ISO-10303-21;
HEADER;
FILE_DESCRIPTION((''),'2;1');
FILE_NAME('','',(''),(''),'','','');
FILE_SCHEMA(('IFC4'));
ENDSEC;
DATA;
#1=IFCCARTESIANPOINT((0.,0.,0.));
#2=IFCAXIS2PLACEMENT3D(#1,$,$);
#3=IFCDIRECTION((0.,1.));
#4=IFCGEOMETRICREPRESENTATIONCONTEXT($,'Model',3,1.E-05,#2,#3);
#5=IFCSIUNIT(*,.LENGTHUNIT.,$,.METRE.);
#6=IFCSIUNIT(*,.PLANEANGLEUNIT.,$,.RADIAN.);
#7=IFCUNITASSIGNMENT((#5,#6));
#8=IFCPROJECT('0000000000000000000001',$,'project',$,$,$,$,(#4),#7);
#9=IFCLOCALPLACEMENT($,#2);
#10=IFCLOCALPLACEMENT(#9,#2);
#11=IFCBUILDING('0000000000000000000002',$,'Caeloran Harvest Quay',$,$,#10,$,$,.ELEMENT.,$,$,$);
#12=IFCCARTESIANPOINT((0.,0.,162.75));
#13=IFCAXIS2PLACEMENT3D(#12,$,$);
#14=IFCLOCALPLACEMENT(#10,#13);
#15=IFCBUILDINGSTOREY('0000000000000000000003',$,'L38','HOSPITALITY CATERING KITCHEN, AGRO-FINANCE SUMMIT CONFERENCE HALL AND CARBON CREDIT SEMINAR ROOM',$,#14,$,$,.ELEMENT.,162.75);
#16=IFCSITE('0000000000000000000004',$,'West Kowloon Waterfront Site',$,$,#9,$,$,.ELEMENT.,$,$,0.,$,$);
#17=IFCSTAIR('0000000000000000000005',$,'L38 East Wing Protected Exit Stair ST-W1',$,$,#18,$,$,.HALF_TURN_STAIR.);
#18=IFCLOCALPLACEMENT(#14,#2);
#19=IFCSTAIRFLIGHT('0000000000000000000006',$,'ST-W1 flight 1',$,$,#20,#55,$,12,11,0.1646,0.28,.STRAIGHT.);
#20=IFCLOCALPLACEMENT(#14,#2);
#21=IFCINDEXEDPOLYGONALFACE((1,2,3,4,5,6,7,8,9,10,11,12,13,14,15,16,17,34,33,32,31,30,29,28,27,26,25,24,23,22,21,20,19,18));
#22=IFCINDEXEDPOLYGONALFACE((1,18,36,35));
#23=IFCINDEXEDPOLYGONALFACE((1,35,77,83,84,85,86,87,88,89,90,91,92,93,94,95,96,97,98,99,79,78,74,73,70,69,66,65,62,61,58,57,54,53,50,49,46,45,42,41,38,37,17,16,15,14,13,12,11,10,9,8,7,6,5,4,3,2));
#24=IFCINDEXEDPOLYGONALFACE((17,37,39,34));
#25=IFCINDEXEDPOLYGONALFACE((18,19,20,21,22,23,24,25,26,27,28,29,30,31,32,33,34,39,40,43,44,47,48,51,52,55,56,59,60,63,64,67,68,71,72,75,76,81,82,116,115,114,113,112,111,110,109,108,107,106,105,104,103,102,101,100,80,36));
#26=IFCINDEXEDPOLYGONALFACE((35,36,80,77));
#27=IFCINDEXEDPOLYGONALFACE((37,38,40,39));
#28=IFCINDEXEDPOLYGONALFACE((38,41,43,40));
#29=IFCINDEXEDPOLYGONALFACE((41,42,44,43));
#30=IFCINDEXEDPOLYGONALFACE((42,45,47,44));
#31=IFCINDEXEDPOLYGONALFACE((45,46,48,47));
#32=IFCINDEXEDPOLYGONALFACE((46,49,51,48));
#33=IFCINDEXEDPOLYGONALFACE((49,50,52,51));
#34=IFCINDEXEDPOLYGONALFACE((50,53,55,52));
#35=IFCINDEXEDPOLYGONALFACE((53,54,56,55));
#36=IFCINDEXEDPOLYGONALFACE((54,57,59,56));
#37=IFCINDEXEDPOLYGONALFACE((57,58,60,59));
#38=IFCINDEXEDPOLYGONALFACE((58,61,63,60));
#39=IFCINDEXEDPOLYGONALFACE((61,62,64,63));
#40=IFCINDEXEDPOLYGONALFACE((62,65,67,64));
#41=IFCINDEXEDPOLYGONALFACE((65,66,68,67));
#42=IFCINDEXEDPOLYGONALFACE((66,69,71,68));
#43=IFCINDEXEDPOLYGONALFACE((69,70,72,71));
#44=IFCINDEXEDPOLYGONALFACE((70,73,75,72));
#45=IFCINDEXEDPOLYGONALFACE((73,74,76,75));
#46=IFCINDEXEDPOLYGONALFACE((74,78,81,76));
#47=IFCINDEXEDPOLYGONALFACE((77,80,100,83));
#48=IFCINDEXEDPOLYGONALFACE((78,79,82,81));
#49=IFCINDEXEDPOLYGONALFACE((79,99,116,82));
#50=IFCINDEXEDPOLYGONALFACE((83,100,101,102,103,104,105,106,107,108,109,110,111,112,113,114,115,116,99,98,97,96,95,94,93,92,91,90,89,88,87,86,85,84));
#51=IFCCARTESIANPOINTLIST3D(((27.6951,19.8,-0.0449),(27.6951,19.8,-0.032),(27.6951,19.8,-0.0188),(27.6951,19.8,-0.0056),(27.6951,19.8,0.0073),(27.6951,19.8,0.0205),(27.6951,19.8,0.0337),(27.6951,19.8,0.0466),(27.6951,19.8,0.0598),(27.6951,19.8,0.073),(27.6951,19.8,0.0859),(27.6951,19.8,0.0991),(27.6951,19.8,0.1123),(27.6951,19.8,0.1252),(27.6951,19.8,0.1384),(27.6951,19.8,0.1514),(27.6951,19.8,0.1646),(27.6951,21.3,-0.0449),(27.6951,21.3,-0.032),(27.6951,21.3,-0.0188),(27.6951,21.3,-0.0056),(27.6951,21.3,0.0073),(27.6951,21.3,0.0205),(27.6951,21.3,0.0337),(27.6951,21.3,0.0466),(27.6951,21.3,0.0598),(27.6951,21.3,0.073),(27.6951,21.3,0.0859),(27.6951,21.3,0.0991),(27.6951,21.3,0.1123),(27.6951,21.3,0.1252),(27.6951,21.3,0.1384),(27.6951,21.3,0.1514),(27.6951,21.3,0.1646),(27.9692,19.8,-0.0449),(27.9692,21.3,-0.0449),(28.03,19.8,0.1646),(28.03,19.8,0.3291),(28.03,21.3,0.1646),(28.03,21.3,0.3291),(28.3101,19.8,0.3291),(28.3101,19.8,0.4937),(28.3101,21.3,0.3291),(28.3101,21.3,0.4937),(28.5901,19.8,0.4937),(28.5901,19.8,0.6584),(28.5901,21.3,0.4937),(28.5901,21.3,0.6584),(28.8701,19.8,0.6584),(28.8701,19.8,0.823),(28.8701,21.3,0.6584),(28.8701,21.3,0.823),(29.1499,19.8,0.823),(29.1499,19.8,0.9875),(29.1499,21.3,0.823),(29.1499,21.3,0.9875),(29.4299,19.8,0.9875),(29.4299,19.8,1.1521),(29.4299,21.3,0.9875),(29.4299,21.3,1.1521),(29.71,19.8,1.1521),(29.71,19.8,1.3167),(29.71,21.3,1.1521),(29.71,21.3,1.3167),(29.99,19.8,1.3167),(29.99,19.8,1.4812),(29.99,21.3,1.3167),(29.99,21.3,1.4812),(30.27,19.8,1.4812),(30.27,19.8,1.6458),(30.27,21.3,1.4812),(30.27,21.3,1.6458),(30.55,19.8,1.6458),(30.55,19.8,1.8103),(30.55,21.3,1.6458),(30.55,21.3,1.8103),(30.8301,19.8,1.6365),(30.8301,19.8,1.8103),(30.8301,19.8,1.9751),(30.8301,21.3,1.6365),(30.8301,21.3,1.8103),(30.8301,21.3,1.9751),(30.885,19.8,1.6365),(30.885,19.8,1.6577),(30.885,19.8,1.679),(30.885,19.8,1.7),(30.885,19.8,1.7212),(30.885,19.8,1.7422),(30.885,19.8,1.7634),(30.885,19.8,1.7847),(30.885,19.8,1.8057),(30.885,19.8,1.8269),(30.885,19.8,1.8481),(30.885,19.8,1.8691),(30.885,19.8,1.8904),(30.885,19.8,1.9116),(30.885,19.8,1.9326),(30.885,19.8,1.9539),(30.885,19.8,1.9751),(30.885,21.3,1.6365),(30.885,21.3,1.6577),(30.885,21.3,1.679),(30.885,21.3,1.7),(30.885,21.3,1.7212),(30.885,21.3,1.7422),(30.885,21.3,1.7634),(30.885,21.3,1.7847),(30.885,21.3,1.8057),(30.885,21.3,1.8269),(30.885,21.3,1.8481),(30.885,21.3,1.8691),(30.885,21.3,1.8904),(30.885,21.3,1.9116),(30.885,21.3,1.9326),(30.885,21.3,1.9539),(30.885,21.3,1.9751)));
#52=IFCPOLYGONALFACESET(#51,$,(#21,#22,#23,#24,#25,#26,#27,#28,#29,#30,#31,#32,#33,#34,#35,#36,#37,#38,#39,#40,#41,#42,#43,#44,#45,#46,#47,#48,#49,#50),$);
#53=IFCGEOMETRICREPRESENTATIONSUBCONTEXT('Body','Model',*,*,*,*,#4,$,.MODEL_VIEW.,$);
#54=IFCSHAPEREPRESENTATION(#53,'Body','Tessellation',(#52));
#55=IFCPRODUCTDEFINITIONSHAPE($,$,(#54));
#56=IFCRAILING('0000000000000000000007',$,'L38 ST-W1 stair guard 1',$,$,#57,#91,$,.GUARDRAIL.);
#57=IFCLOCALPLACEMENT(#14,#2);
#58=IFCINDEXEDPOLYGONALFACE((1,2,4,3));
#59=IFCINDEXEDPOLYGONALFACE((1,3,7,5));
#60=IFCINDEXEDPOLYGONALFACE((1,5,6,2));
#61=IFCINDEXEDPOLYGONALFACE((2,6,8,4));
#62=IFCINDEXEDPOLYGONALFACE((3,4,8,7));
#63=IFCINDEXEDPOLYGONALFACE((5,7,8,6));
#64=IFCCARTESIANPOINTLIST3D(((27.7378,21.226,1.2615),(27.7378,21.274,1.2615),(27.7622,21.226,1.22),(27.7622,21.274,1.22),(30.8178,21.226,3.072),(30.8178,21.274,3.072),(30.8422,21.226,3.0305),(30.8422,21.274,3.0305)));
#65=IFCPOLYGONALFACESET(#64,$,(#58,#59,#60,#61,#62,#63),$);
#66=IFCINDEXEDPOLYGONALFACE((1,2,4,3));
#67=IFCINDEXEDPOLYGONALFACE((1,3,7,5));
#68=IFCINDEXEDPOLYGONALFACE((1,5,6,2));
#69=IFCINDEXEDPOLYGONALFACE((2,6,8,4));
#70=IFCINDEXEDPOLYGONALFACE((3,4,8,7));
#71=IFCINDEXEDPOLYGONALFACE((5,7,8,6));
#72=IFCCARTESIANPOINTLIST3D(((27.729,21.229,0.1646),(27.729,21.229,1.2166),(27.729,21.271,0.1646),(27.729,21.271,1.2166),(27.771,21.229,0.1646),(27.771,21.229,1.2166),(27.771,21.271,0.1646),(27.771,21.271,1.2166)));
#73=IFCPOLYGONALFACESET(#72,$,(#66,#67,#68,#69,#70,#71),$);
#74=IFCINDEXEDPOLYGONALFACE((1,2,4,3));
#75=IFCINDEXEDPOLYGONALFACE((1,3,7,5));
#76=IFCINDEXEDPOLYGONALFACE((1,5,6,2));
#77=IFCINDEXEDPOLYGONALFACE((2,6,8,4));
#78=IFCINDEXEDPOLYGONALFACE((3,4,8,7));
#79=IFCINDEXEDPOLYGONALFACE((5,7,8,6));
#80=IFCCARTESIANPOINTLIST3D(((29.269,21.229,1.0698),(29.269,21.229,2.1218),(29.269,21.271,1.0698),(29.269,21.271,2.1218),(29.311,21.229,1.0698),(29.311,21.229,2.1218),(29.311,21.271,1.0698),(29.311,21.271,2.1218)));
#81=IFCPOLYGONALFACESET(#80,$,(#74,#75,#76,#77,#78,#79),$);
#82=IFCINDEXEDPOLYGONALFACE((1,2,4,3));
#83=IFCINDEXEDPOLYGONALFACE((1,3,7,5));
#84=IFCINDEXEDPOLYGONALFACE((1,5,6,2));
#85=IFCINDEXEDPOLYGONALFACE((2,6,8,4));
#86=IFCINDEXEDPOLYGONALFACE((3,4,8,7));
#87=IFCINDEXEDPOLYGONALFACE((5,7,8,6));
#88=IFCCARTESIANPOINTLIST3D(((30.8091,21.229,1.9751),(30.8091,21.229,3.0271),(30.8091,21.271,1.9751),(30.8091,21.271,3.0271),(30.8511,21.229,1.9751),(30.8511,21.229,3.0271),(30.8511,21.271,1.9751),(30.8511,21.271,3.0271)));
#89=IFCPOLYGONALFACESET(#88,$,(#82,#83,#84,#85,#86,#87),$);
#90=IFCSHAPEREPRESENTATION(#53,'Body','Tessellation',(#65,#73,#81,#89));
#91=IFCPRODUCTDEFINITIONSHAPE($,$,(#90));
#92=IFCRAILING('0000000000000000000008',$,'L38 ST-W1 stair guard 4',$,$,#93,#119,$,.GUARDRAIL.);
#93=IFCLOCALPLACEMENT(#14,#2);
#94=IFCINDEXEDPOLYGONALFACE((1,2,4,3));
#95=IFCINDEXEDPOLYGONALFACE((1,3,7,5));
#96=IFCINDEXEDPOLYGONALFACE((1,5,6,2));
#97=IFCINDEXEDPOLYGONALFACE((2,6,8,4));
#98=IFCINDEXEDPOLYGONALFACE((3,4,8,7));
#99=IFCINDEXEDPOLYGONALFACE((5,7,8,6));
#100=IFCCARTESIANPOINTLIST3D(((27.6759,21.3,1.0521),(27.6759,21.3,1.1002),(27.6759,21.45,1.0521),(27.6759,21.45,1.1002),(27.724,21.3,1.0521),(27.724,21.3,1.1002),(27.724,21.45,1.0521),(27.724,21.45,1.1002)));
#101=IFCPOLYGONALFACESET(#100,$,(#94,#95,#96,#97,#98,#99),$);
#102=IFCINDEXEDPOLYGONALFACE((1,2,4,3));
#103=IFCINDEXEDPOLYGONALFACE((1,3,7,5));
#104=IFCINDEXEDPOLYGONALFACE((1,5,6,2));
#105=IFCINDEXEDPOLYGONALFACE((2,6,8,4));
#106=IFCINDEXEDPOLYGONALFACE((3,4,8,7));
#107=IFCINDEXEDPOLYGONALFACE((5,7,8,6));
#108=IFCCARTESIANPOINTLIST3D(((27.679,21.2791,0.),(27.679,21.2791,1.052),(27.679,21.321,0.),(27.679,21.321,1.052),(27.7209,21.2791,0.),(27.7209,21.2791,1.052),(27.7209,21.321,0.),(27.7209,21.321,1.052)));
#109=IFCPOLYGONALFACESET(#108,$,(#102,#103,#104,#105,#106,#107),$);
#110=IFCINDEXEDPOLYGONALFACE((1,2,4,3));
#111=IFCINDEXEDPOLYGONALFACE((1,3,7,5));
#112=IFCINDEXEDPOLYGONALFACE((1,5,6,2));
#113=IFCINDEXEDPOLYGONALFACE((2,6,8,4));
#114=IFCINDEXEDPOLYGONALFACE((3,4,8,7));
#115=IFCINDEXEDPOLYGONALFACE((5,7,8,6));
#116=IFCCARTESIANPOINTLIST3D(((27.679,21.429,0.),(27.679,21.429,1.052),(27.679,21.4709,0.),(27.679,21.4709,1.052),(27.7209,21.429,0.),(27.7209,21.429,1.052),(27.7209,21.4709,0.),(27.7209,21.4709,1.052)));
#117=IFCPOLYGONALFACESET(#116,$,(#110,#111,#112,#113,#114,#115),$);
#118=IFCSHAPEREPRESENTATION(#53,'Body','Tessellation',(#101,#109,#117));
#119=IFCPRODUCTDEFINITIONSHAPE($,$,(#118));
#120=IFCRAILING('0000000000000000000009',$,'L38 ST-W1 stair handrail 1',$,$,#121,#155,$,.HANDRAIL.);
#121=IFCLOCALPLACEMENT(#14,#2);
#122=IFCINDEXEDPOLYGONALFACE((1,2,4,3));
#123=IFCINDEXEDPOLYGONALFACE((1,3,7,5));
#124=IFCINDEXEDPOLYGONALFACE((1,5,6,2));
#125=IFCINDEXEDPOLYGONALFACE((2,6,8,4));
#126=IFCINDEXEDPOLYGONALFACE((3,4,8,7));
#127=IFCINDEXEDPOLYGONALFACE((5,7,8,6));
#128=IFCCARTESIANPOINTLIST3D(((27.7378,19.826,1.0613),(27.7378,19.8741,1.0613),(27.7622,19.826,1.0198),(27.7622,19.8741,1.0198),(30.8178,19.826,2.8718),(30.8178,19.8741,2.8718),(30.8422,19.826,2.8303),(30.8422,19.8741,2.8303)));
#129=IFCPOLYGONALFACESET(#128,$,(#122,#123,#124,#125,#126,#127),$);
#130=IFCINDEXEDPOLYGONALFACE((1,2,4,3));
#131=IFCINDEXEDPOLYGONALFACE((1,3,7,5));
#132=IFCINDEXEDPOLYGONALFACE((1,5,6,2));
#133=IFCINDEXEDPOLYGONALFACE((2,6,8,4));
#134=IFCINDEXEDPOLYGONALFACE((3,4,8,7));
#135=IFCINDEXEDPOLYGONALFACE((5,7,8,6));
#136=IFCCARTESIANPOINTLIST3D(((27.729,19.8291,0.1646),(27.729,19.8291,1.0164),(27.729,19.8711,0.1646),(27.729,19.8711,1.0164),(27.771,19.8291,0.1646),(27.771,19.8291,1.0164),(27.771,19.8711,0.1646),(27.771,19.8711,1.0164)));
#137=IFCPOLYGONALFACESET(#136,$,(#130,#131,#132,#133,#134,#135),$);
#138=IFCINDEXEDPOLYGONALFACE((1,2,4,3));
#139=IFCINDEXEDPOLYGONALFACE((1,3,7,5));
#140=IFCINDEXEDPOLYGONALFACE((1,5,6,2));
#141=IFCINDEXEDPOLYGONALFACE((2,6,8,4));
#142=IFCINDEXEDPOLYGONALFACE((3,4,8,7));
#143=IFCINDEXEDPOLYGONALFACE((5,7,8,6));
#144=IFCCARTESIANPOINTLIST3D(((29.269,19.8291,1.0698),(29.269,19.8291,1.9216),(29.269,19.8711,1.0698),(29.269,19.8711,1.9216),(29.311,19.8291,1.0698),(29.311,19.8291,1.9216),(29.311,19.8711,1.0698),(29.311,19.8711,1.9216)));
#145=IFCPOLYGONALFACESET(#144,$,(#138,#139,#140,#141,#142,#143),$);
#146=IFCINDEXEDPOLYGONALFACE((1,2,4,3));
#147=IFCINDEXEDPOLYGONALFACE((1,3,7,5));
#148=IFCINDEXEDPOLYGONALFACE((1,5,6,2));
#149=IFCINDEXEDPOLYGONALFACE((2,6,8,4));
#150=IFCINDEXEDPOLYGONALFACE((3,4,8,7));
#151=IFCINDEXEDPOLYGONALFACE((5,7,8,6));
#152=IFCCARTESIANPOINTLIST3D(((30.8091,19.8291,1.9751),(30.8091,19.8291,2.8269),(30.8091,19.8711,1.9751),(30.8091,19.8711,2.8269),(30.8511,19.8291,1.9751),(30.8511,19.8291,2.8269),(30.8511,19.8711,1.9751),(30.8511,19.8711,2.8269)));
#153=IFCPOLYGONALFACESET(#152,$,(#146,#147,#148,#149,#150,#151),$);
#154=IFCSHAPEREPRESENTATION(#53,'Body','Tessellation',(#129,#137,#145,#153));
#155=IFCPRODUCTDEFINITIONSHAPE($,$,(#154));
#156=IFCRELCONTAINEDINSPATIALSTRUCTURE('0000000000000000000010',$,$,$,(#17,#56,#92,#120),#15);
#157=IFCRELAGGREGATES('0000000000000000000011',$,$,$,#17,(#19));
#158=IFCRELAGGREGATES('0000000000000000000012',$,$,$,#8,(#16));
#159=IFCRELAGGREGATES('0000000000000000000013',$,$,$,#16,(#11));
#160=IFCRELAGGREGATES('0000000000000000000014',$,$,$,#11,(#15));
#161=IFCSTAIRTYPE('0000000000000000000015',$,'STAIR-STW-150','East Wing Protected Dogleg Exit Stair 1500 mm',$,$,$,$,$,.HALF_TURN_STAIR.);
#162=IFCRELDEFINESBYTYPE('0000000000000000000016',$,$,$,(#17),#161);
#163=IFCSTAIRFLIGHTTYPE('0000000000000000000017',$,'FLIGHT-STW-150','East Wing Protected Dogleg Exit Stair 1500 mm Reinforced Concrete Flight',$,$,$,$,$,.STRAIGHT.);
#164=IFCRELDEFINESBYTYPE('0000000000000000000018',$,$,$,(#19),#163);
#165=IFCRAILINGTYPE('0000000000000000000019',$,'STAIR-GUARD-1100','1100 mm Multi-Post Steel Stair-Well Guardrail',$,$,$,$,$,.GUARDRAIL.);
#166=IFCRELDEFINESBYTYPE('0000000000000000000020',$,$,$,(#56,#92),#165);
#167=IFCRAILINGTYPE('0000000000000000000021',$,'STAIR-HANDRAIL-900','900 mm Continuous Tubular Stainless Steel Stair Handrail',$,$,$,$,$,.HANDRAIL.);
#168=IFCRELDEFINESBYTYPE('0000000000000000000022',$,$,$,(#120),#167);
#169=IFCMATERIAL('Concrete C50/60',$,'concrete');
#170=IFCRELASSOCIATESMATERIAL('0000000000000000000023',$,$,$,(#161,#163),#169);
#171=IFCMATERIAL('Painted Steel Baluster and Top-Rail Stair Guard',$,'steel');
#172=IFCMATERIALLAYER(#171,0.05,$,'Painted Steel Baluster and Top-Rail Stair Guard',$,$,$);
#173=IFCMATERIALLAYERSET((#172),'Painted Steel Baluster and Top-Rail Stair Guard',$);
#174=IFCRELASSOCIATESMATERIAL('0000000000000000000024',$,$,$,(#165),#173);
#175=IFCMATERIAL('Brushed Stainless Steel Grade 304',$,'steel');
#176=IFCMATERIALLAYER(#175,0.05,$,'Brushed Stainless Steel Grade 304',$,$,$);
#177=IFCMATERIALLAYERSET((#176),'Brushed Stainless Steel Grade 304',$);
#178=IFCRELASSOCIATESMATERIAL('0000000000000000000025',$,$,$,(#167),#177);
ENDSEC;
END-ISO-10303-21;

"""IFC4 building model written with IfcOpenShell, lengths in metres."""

from ifc_helpers import new_model, si_unit, direction, frame, origin, origin_2d, place, context, subcontext, project, spatial, polyline, rectangle, outline, extrude, material, layer, layer_set, type_object, element, aggregate, save


model = new_model("IFC4")

# Units and contexts
model_context = context("Model", 3, precision=1e-05, world=origin(), true_north=direction((0.0, 1.0)))
body_context = subcontext(model_context, "Body", "Model", "MODEL_VIEW")
ifc_project = project(units=[si_unit("LENGTHUNIT", "METRE"), si_unit("PLANEANGLEUNIT", "RADIAN")], contexts=[model_context])

# Site, building, storey
site_placement = place(None, origin())
site = spatial("IfcSite", under=ifc_project, at=site_placement, Name="West Kowloon Waterfront Site", CompositionType="ELEMENT", RefElevation=0.0)
building_placement = place(site_placement, origin())
building = spatial("IfcBuilding", under=site, at=building_placement, Name="Caeloran Harvest Quay", CompositionType="ELEMENT")
storey_placement = place(building_placement, frame((0.0, 0.0, 162.75)))
storey = spatial("IfcBuildingStorey", under=building, at=storey_placement, Name="L38", Description="HOSPITALITY CATERING KITCHEN, AGRO-FINANCE SUMMIT CONFERENCE HALL AND CARBON CREDIT SEMINAR ROOM", CompositionType="ELEMENT", Elevation=162.75)

# Stair, stair flight
ifc_material_1 = material(Name="Concrete C50/60", Category="concrete")
stair_type = type_object("IfcStairType", Name="STAIR-STW-150", Description="East Wing Protected Dogleg Exit Stair 1500 mm", PredefinedType="HALF_TURN_STAIR", material=ifc_material_1)
stair_placement = place(storey_placement, origin())
stair = element("IfcStair", 1, at=stair_placement, inside=storey, type_object=stair_type, Name="L38 East Wing Protected Exit Stair ST-W1", PredefinedType="HALF_TURN_STAIR")
stair_flight_type = type_object("IfcStairFlightType", Name="FLIGHT-STW-150", Description="East Wing Protected Dogleg Exit Stair 1500 mm Reinforced Concrete Flight", PredefinedType="STRAIGHT", material=ifc_material_1)
stair_flight_placement = place(storey_placement, frame((27.75, 20.55, 0.0), z_axis=(0.0, 0.0, 1.0), x_axis=(1.0, 0.0, 0.0)))
stair_flight = element("IfcStairFlight", 2, at=stair_flight_placement, type_object=stair_flight_type, Name="ST-W1 flight 1", NumberOfRisers=12, NumberOfTreads=11, PredefinedType="STRAIGHT", RiserHeight=0.1646, TreadLength=0.28, context=body_context, shape_type="SweptSolid", body=[
    extrude(outline(polyline([(-0.0549, -0.0449), (-0.0549, -0.032), (-0.0549, -0.0188), (-0.0549, -0.0056), (-0.0549, 0.0073), (-0.0549, 0.0205), (-0.0549, 0.0337), (-0.0549, 0.0466), (-0.0549, 0.0598), (-0.0549, 0.073), (-0.0549, 0.0859), (-0.0549, 0.0991), (-0.0549, 0.1123), (-0.0549, 0.1252), (-0.0549, 0.1384), (-0.0549, 0.1514), (-0.0549, 0.1646), (0.28, 0.1646), (0.28, 0.3291), (0.5601, 0.3291), (0.5601, 0.4937), (0.8401, 0.4937), (0.8401, 0.6584), (1.1201, 0.6584), (1.1201, 0.823), (1.3999, 0.823), (1.3999, 0.9875), (1.6799, 0.9875), (1.6799, 1.1521), (1.96, 1.1521), (1.96, 1.3167), (2.24, 1.3167), (2.24, 1.4812), (2.52, 1.4812), (2.52, 1.6458), (2.8, 1.6458), (2.8, 1.8103), (3.0801, 1.8103), (3.0801, 1.9751), (3.135, 1.9751), (3.135, 1.9539), (3.135, 1.9326), (3.135, 1.9116), (3.135, 1.8904), (3.135, 1.8691), (3.135, 1.8481), (3.135, 1.8269), (3.135, 1.8057), (3.135, 1.7847), (3.135, 1.7634), (3.135, 1.7422), (3.135, 1.7212), (3.135, 1.7), (3.135, 1.679), (3.135, 1.6577), (3.135, 1.6365), (3.0801, 1.6365), (0.2192, -0.0449), (-0.0549, -0.0449)])), frame((0.0, 0.75, 0.0), z_axis=(0.0, -1.0, 0.0), x_axis=(1.0, 0.0, 0.0)), (0.0, 0.0, 1.0), 1.5),
])
aggregate(stair, [stair_flight])

# Railings
ifc_material_2 = material(Name="Painted Steel Baluster and Top-Rail Stair Guard", Category="steel")
ifc_layer_1 = layer(ifc_material_2, 0.05, Name="Painted Steel Baluster and Top-Rail Stair Guard")
ifc_layer_set_1 = layer_set([ifc_layer_1], Name="Painted Steel Baluster and Top-Rail Stair Guard")
railing_type_1 = type_object("IfcRailingType", Name="STAIR-GUARD-1100", Description="1100 mm Multi-Post Steel Stair-Well Guardrail", PredefinedType="GUARDRAIL", material=ifc_layer_set_1)
railing_1_placement = place(storey_placement, frame((27.75, 21.25, 0.1646)))
element("IfcRailing", 3, at=railing_1_placement, inside=storey, type_object=railing_type_1, Name="L38 ST-W1 stair guard 1", PredefinedType="GUARDRAIL", context=body_context, shape_type="SweptSolid", body=[
    extrude(rectangle(XDim=0.0481, YDim=0.0481, at=origin_2d()), frame((0.0, 0.0, 1.0762), z_axis=(0.862089, 0.0, 0.506757), x_axis=(0.0, 1.0, 0.0)), (0.0, 0.0, 1.0), 3.5728),
    extrude(rectangle(XDim=0.042, YDim=0.042, at=origin_2d()), origin(), (0.0, 0.0, 1.0), 1.052),
    extrude(rectangle(XDim=0.042, YDim=0.042, at=origin_2d()), frame((1.54, 0.0, 0.9053)), (0.0, 0.0, 1.0), 1.052),
    extrude(rectangle(XDim=0.042, YDim=0.042, at=origin_2d()), frame((3.0801, 0.0, 1.8105)), (0.0, 0.0, 1.0), 1.052),
])
railing_2_placement = place(storey_placement, frame((27.7, 21.3, 0.0)))
element("IfcRailing", 4, at=railing_2_placement, inside=storey, type_object=railing_type_1, Name="L38 ST-W1 stair guard 4", PredefinedType="GUARDRAIL", context=body_context, shape_type="SweptSolid", body=[
    extrude(rectangle(XDim=0.0481, YDim=0.0481, at=origin_2d()), frame((0.0, 0.0, 1.0762), z_axis=(0.0, 1.0, 0.0), x_axis=(-1.0, 0.0, 0.0)), (0.0, 0.0, 1.0), 0.1499),
    extrude(rectangle(XDim=0.042, YDim=0.042, at=origin_2d()), origin(), (0.0, 0.0, 1.0), 1.052),
    extrude(rectangle(XDim=0.042, YDim=0.042, at=origin_2d()), frame((0.0, 0.1499, 0.0)), (0.0, 0.0, 1.0), 1.052),
])
ifc_material_3 = material(Name="Brushed Stainless Steel Grade 304", Category="steel")
ifc_layer_2 = layer(ifc_material_3, 0.05, Name="Brushed Stainless Steel Grade 304")
ifc_layer_set_2 = layer_set([ifc_layer_2], Name="Brushed Stainless Steel Grade 304")
railing_type_2 = type_object("IfcRailingType", Name="STAIR-HANDRAIL-900", Description="900 mm Continuous Tubular Stainless Steel Stair Handrail", PredefinedType="HANDRAIL", material=ifc_layer_set_2)
railing_3_placement = place(storey_placement, frame((27.75, 19.8501, 0.1646)))
element("IfcRailing", 5, at=railing_3_placement, inside=storey, type_object=railing_type_2, Name="L38 ST-W1 stair handrail 1", PredefinedType="HANDRAIL", context=body_context, shape_type="SweptSolid", body=[
    extrude(rectangle(XDim=0.0481, YDim=0.0481, at=origin_2d()), frame((0.0, 0.0, 0.876), z_axis=(0.862089, 0.0, 0.506757), x_axis=(0.0, 1.0, 0.0)), (0.0, 0.0, 1.0), 3.5728),
    extrude(rectangle(XDim=0.042, YDim=0.042, at=origin_2d()), origin(), (0.0, 0.0, 1.0), 0.8518),
    extrude(rectangle(XDim=0.042, YDim=0.042, at=origin_2d()), frame((1.54, 0.0, 0.9053)), (0.0, 0.0, 1.0), 0.8518),
    extrude(rectangle(XDim=0.042, YDim=0.042, at=origin_2d()), frame((3.0801, 0.0, 1.8105)), (0.0, 0.0, 1.0), 0.8518),
])

save(model, "model.ifc")
